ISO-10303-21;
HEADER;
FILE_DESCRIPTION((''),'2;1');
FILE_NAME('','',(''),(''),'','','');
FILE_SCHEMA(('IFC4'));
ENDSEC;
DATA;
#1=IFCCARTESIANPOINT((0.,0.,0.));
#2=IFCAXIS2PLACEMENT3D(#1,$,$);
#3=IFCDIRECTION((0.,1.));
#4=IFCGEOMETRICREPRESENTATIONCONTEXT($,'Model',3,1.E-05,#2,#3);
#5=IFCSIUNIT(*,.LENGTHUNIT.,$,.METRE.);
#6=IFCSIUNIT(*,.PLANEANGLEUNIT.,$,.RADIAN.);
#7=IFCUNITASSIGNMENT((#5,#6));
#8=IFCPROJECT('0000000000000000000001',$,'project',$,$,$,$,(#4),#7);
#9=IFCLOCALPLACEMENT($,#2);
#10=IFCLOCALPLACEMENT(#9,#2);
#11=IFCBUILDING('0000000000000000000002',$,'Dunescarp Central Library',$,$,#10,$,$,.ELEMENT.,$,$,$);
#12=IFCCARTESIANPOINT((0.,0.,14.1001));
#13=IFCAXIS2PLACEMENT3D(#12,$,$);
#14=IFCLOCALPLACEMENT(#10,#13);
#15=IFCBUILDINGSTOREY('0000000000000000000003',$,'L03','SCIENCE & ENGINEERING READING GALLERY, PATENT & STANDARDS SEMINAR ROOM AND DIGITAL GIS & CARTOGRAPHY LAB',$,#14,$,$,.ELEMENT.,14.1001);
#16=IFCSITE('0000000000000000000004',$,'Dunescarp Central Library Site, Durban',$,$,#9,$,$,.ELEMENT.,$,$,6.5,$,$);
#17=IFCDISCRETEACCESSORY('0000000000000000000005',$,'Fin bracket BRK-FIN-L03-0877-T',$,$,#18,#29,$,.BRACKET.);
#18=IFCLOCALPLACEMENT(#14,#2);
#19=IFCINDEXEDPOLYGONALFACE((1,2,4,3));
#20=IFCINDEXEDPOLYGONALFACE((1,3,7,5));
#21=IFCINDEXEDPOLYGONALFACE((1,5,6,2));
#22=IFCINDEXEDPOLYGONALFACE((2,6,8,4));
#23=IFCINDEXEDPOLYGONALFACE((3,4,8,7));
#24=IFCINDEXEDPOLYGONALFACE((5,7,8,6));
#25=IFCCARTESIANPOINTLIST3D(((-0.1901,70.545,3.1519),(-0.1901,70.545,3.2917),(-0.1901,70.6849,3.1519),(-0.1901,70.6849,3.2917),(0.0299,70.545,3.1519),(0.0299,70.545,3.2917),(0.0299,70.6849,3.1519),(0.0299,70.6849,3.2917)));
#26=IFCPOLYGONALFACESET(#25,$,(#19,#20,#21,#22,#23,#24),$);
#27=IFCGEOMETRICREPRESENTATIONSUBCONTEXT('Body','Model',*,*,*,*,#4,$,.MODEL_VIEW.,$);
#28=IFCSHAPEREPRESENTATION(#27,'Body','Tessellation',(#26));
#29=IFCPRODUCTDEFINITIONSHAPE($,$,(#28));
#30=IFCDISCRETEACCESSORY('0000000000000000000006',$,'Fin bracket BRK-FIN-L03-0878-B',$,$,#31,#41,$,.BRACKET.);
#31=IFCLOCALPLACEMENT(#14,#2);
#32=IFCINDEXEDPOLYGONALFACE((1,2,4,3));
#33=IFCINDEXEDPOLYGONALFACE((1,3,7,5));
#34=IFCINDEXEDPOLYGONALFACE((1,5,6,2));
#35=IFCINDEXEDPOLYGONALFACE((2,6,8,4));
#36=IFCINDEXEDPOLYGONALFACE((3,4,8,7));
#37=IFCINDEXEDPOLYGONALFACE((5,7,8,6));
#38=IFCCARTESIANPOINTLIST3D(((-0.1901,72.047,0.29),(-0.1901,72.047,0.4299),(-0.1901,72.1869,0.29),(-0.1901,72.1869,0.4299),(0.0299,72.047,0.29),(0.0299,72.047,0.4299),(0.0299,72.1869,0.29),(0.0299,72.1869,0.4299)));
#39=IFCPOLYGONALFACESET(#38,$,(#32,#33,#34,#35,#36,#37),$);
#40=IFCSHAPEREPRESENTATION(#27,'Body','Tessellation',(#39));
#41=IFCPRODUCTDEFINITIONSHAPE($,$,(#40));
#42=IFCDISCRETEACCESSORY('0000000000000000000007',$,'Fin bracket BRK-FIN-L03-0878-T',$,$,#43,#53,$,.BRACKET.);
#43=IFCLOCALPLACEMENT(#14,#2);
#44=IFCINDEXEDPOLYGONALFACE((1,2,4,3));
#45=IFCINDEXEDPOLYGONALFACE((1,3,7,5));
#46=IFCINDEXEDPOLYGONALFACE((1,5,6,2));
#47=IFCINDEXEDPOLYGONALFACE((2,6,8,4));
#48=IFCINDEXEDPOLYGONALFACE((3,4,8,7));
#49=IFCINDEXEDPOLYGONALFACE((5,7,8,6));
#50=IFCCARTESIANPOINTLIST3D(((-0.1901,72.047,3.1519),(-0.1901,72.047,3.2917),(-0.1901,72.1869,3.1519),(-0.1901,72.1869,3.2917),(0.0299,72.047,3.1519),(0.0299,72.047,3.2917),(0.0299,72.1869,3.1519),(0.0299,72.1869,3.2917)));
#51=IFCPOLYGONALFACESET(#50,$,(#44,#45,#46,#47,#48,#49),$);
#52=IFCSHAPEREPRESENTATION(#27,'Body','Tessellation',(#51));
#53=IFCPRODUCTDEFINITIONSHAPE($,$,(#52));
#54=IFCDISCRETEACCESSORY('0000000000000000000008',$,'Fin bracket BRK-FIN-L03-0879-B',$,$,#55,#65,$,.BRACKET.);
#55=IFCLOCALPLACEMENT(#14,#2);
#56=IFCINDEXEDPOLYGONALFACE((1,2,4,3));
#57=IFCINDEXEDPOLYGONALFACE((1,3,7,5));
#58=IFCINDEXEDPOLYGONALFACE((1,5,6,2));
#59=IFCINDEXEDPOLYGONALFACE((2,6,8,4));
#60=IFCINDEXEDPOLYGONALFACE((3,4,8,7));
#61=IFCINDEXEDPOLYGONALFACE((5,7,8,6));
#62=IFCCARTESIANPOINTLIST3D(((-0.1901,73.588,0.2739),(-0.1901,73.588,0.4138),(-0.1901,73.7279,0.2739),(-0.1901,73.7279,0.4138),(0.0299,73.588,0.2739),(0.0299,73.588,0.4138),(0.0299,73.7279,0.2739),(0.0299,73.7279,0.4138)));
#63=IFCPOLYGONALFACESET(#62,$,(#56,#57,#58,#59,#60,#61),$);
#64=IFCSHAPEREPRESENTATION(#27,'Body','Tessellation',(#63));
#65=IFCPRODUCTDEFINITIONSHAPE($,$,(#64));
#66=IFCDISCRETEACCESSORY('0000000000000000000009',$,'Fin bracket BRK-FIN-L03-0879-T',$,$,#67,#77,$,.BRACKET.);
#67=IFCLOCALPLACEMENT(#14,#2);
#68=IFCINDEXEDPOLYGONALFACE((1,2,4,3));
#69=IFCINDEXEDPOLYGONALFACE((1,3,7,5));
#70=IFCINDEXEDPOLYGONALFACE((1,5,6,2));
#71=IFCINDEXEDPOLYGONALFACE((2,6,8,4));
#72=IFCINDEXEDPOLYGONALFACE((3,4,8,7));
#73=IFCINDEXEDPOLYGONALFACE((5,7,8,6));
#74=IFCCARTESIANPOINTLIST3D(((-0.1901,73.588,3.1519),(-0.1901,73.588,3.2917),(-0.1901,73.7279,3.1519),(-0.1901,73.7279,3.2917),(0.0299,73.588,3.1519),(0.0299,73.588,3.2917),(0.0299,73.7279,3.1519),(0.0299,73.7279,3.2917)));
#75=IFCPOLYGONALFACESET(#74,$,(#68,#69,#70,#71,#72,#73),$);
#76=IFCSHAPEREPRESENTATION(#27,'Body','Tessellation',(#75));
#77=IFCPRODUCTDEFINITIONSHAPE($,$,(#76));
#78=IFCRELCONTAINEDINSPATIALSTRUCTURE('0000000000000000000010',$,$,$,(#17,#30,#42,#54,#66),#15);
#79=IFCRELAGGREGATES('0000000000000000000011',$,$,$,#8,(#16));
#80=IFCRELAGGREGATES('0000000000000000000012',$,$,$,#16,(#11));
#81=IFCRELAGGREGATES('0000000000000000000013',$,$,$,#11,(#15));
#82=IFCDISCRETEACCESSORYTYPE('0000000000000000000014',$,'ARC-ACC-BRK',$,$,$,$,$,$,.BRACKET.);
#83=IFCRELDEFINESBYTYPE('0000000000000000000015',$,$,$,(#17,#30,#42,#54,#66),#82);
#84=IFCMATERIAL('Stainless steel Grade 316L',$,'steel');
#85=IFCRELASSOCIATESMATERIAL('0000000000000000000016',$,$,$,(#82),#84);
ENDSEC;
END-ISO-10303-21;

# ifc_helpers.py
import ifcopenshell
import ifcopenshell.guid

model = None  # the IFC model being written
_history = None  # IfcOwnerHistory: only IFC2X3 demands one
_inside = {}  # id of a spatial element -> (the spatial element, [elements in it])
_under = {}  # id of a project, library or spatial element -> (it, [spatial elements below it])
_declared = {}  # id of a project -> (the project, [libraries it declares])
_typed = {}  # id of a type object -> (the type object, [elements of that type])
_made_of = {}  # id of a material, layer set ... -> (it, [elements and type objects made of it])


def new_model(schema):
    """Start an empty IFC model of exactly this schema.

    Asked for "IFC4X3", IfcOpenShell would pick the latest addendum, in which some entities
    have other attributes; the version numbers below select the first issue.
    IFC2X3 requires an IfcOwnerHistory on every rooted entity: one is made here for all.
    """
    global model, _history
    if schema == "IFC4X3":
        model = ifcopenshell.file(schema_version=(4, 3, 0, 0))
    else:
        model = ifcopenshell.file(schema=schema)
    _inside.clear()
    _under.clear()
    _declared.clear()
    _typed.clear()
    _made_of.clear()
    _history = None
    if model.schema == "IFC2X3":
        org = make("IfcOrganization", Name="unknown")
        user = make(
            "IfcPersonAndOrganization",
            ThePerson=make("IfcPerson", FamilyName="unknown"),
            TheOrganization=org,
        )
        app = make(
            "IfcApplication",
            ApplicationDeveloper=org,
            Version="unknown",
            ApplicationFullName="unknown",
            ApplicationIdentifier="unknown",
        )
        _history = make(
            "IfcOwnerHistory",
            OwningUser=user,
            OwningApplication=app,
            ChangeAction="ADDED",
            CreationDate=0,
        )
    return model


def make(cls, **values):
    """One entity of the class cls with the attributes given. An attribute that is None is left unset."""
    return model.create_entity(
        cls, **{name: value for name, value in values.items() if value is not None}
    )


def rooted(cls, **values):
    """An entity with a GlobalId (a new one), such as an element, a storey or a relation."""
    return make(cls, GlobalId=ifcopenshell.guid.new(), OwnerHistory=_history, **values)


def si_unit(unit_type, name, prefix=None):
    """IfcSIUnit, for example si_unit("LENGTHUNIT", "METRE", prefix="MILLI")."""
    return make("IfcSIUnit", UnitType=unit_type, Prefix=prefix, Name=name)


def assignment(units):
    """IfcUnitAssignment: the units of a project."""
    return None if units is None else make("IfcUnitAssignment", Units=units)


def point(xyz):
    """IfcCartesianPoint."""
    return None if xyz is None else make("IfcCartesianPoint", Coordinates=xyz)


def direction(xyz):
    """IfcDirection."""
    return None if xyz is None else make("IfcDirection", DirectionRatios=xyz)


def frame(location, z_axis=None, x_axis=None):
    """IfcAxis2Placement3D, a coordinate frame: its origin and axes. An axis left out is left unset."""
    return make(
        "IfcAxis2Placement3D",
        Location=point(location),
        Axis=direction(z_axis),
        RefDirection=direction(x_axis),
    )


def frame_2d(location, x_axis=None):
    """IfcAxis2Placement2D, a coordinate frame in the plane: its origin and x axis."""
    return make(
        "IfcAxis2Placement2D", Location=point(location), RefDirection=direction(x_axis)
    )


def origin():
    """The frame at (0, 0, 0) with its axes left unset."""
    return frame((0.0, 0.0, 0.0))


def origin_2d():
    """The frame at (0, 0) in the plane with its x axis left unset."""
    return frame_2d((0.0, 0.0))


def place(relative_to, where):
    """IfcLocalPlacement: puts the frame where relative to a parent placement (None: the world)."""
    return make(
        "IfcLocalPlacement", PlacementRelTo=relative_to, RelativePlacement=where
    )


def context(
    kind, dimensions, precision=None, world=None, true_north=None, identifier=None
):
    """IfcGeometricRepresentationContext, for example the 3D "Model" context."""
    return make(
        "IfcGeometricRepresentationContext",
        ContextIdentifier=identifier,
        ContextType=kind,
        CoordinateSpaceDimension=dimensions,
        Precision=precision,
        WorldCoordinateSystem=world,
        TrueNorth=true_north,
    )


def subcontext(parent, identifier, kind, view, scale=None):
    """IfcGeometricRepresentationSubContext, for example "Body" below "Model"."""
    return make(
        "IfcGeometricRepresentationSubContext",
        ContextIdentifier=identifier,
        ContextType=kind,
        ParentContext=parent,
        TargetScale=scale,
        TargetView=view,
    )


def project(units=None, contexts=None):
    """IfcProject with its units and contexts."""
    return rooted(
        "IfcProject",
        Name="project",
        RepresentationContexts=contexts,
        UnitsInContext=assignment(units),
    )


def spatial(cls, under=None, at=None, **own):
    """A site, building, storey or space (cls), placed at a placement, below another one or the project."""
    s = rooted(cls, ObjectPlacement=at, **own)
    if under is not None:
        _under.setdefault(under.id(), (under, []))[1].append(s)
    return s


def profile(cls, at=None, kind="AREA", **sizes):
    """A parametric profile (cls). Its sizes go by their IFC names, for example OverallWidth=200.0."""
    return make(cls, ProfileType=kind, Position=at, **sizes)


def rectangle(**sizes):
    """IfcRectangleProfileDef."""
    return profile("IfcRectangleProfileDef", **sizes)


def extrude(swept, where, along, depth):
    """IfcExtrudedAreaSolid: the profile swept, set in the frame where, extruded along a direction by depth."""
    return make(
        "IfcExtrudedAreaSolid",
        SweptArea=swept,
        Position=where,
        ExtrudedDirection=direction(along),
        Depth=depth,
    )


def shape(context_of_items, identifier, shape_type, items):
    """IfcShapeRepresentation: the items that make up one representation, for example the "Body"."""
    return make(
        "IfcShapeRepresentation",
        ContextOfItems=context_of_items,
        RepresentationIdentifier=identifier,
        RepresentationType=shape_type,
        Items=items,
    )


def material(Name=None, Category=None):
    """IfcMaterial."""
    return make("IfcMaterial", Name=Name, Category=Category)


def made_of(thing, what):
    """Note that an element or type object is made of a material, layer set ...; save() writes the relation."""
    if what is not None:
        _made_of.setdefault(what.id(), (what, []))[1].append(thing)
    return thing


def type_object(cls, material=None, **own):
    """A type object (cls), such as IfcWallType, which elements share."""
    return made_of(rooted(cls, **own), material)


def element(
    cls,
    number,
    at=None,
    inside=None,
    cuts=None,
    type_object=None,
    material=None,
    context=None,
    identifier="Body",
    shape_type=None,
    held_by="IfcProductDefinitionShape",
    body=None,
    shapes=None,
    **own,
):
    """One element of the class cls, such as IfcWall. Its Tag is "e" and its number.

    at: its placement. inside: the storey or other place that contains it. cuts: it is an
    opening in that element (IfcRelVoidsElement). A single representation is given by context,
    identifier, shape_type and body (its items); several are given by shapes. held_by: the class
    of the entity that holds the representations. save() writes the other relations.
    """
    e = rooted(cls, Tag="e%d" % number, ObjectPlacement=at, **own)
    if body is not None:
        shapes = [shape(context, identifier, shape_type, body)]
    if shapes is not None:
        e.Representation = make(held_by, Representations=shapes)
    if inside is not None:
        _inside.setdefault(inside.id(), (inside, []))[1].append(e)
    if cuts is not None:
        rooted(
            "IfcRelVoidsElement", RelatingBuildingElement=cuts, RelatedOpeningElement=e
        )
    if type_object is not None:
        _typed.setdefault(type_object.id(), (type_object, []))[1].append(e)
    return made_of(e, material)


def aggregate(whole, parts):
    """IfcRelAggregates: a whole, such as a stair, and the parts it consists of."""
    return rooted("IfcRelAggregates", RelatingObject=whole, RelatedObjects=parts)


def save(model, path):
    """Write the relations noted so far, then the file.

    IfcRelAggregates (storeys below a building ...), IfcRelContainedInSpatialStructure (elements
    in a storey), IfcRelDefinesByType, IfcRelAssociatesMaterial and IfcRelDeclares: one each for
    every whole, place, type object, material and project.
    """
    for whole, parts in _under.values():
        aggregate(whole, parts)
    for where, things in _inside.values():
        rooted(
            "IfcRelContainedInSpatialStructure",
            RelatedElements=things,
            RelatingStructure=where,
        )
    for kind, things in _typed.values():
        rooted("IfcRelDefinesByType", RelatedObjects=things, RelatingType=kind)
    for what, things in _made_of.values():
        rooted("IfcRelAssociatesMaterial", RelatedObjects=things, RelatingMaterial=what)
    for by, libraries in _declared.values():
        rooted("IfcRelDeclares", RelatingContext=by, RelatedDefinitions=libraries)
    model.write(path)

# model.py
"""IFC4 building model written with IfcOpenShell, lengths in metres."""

from ifc_helpers import new_model, si_unit, direction, frame, origin, origin_2d, place, context, subcontext, project, spatial, rectangle, extrude, material, type_object, element, save


model = new_model("IFC4")

# Units and contexts
model_context = context("Model", 3, precision=1e-05, world=origin(), true_north=direction((0.0, 1.0)))
body_context = subcontext(model_context, "Body", "Model", "MODEL_VIEW")
ifc_project = project(units=[si_unit("LENGTHUNIT", "METRE"), si_unit("PLANEANGLEUNIT", "RADIAN")], contexts=[model_context])

# Site, building, storey
site_placement = place(None, origin())
site = spatial("IfcSite", under=ifc_project, at=site_placement, Name="Dunescarp Central Library Site, Durban", CompositionType="ELEMENT", RefElevation=6.5)
building_placement = place(site_placement, origin())
building = spatial("IfcBuilding", under=site, at=building_placement, Name="Dunescarp Central Library", CompositionType="ELEMENT")
storey_placement = place(building_placement, frame((0.0, 0.0, 14.1001)))
storey = spatial("IfcBuildingStorey", under=building, at=storey_placement, Name="L03", Description="SCIENCE & ENGINEERING READING GALLERY, PATENT & STANDARDS SEMINAR ROOM AND DIGITAL GIS & CARTOGRAPHY LAB", CompositionType="ELEMENT", Elevation=14.1001)

# Discrete accessories
ifc_material_1 = material(Name="Stainless steel Grade 316L", Category="steel")
discrete_accessory_type = type_object("IfcDiscreteAccessoryType", Name="ARC-ACC-BRK", PredefinedType="BRACKET", material=ifc_material_1)
for number, where, z_axis, x_axis, name in (
    (1, (-0.0801, 70.615, 3.1519), (0.0, 0.0, 1.0), (-1.0, 0.0, 0.0), "Fin bracket BRK-FIN-L03-0877-T"),
    (2, (-0.0801, 72.1169, 0.29), (0.0, 0.0, 1.0), (-1.0, 0.0, 0.0), "Fin bracket BRK-FIN-L03-0878-B"),
    (3, (-0.0801, 72.1169, 3.1519), (0.0, 0.0, 1.0), (-1.0, 0.0, 0.0), "Fin bracket BRK-FIN-L03-0878-T"),
    (4, (-0.0801, 73.658, 0.2739), (0.0, 0.0, 1.0), (-1.0, 0.0, 0.0), "Fin bracket BRK-FIN-L03-0879-B"),
    (5, (-0.0801, 73.658, 3.1519), (0.0, 0.0, 1.0), (-1.0, 0.0, 0.0), "Fin bracket BRK-FIN-L03-0879-T"),
):
    element("IfcDiscreteAccessory", number, at=place(storey_placement, frame(where, z_axis=z_axis, x_axis=x_axis)), inside=storey, type_object=discrete_accessory_type, Name=name, PredefinedType="BRACKET", context=body_context, shape_type="SweptSolid", body=[
        extrude(rectangle(XDim=0.22, YDim=0.1399, at=origin_2d()), origin(), (0.0, 0.0, 1.0), 0.1399),
    ])

save(model, "model.ifc")
